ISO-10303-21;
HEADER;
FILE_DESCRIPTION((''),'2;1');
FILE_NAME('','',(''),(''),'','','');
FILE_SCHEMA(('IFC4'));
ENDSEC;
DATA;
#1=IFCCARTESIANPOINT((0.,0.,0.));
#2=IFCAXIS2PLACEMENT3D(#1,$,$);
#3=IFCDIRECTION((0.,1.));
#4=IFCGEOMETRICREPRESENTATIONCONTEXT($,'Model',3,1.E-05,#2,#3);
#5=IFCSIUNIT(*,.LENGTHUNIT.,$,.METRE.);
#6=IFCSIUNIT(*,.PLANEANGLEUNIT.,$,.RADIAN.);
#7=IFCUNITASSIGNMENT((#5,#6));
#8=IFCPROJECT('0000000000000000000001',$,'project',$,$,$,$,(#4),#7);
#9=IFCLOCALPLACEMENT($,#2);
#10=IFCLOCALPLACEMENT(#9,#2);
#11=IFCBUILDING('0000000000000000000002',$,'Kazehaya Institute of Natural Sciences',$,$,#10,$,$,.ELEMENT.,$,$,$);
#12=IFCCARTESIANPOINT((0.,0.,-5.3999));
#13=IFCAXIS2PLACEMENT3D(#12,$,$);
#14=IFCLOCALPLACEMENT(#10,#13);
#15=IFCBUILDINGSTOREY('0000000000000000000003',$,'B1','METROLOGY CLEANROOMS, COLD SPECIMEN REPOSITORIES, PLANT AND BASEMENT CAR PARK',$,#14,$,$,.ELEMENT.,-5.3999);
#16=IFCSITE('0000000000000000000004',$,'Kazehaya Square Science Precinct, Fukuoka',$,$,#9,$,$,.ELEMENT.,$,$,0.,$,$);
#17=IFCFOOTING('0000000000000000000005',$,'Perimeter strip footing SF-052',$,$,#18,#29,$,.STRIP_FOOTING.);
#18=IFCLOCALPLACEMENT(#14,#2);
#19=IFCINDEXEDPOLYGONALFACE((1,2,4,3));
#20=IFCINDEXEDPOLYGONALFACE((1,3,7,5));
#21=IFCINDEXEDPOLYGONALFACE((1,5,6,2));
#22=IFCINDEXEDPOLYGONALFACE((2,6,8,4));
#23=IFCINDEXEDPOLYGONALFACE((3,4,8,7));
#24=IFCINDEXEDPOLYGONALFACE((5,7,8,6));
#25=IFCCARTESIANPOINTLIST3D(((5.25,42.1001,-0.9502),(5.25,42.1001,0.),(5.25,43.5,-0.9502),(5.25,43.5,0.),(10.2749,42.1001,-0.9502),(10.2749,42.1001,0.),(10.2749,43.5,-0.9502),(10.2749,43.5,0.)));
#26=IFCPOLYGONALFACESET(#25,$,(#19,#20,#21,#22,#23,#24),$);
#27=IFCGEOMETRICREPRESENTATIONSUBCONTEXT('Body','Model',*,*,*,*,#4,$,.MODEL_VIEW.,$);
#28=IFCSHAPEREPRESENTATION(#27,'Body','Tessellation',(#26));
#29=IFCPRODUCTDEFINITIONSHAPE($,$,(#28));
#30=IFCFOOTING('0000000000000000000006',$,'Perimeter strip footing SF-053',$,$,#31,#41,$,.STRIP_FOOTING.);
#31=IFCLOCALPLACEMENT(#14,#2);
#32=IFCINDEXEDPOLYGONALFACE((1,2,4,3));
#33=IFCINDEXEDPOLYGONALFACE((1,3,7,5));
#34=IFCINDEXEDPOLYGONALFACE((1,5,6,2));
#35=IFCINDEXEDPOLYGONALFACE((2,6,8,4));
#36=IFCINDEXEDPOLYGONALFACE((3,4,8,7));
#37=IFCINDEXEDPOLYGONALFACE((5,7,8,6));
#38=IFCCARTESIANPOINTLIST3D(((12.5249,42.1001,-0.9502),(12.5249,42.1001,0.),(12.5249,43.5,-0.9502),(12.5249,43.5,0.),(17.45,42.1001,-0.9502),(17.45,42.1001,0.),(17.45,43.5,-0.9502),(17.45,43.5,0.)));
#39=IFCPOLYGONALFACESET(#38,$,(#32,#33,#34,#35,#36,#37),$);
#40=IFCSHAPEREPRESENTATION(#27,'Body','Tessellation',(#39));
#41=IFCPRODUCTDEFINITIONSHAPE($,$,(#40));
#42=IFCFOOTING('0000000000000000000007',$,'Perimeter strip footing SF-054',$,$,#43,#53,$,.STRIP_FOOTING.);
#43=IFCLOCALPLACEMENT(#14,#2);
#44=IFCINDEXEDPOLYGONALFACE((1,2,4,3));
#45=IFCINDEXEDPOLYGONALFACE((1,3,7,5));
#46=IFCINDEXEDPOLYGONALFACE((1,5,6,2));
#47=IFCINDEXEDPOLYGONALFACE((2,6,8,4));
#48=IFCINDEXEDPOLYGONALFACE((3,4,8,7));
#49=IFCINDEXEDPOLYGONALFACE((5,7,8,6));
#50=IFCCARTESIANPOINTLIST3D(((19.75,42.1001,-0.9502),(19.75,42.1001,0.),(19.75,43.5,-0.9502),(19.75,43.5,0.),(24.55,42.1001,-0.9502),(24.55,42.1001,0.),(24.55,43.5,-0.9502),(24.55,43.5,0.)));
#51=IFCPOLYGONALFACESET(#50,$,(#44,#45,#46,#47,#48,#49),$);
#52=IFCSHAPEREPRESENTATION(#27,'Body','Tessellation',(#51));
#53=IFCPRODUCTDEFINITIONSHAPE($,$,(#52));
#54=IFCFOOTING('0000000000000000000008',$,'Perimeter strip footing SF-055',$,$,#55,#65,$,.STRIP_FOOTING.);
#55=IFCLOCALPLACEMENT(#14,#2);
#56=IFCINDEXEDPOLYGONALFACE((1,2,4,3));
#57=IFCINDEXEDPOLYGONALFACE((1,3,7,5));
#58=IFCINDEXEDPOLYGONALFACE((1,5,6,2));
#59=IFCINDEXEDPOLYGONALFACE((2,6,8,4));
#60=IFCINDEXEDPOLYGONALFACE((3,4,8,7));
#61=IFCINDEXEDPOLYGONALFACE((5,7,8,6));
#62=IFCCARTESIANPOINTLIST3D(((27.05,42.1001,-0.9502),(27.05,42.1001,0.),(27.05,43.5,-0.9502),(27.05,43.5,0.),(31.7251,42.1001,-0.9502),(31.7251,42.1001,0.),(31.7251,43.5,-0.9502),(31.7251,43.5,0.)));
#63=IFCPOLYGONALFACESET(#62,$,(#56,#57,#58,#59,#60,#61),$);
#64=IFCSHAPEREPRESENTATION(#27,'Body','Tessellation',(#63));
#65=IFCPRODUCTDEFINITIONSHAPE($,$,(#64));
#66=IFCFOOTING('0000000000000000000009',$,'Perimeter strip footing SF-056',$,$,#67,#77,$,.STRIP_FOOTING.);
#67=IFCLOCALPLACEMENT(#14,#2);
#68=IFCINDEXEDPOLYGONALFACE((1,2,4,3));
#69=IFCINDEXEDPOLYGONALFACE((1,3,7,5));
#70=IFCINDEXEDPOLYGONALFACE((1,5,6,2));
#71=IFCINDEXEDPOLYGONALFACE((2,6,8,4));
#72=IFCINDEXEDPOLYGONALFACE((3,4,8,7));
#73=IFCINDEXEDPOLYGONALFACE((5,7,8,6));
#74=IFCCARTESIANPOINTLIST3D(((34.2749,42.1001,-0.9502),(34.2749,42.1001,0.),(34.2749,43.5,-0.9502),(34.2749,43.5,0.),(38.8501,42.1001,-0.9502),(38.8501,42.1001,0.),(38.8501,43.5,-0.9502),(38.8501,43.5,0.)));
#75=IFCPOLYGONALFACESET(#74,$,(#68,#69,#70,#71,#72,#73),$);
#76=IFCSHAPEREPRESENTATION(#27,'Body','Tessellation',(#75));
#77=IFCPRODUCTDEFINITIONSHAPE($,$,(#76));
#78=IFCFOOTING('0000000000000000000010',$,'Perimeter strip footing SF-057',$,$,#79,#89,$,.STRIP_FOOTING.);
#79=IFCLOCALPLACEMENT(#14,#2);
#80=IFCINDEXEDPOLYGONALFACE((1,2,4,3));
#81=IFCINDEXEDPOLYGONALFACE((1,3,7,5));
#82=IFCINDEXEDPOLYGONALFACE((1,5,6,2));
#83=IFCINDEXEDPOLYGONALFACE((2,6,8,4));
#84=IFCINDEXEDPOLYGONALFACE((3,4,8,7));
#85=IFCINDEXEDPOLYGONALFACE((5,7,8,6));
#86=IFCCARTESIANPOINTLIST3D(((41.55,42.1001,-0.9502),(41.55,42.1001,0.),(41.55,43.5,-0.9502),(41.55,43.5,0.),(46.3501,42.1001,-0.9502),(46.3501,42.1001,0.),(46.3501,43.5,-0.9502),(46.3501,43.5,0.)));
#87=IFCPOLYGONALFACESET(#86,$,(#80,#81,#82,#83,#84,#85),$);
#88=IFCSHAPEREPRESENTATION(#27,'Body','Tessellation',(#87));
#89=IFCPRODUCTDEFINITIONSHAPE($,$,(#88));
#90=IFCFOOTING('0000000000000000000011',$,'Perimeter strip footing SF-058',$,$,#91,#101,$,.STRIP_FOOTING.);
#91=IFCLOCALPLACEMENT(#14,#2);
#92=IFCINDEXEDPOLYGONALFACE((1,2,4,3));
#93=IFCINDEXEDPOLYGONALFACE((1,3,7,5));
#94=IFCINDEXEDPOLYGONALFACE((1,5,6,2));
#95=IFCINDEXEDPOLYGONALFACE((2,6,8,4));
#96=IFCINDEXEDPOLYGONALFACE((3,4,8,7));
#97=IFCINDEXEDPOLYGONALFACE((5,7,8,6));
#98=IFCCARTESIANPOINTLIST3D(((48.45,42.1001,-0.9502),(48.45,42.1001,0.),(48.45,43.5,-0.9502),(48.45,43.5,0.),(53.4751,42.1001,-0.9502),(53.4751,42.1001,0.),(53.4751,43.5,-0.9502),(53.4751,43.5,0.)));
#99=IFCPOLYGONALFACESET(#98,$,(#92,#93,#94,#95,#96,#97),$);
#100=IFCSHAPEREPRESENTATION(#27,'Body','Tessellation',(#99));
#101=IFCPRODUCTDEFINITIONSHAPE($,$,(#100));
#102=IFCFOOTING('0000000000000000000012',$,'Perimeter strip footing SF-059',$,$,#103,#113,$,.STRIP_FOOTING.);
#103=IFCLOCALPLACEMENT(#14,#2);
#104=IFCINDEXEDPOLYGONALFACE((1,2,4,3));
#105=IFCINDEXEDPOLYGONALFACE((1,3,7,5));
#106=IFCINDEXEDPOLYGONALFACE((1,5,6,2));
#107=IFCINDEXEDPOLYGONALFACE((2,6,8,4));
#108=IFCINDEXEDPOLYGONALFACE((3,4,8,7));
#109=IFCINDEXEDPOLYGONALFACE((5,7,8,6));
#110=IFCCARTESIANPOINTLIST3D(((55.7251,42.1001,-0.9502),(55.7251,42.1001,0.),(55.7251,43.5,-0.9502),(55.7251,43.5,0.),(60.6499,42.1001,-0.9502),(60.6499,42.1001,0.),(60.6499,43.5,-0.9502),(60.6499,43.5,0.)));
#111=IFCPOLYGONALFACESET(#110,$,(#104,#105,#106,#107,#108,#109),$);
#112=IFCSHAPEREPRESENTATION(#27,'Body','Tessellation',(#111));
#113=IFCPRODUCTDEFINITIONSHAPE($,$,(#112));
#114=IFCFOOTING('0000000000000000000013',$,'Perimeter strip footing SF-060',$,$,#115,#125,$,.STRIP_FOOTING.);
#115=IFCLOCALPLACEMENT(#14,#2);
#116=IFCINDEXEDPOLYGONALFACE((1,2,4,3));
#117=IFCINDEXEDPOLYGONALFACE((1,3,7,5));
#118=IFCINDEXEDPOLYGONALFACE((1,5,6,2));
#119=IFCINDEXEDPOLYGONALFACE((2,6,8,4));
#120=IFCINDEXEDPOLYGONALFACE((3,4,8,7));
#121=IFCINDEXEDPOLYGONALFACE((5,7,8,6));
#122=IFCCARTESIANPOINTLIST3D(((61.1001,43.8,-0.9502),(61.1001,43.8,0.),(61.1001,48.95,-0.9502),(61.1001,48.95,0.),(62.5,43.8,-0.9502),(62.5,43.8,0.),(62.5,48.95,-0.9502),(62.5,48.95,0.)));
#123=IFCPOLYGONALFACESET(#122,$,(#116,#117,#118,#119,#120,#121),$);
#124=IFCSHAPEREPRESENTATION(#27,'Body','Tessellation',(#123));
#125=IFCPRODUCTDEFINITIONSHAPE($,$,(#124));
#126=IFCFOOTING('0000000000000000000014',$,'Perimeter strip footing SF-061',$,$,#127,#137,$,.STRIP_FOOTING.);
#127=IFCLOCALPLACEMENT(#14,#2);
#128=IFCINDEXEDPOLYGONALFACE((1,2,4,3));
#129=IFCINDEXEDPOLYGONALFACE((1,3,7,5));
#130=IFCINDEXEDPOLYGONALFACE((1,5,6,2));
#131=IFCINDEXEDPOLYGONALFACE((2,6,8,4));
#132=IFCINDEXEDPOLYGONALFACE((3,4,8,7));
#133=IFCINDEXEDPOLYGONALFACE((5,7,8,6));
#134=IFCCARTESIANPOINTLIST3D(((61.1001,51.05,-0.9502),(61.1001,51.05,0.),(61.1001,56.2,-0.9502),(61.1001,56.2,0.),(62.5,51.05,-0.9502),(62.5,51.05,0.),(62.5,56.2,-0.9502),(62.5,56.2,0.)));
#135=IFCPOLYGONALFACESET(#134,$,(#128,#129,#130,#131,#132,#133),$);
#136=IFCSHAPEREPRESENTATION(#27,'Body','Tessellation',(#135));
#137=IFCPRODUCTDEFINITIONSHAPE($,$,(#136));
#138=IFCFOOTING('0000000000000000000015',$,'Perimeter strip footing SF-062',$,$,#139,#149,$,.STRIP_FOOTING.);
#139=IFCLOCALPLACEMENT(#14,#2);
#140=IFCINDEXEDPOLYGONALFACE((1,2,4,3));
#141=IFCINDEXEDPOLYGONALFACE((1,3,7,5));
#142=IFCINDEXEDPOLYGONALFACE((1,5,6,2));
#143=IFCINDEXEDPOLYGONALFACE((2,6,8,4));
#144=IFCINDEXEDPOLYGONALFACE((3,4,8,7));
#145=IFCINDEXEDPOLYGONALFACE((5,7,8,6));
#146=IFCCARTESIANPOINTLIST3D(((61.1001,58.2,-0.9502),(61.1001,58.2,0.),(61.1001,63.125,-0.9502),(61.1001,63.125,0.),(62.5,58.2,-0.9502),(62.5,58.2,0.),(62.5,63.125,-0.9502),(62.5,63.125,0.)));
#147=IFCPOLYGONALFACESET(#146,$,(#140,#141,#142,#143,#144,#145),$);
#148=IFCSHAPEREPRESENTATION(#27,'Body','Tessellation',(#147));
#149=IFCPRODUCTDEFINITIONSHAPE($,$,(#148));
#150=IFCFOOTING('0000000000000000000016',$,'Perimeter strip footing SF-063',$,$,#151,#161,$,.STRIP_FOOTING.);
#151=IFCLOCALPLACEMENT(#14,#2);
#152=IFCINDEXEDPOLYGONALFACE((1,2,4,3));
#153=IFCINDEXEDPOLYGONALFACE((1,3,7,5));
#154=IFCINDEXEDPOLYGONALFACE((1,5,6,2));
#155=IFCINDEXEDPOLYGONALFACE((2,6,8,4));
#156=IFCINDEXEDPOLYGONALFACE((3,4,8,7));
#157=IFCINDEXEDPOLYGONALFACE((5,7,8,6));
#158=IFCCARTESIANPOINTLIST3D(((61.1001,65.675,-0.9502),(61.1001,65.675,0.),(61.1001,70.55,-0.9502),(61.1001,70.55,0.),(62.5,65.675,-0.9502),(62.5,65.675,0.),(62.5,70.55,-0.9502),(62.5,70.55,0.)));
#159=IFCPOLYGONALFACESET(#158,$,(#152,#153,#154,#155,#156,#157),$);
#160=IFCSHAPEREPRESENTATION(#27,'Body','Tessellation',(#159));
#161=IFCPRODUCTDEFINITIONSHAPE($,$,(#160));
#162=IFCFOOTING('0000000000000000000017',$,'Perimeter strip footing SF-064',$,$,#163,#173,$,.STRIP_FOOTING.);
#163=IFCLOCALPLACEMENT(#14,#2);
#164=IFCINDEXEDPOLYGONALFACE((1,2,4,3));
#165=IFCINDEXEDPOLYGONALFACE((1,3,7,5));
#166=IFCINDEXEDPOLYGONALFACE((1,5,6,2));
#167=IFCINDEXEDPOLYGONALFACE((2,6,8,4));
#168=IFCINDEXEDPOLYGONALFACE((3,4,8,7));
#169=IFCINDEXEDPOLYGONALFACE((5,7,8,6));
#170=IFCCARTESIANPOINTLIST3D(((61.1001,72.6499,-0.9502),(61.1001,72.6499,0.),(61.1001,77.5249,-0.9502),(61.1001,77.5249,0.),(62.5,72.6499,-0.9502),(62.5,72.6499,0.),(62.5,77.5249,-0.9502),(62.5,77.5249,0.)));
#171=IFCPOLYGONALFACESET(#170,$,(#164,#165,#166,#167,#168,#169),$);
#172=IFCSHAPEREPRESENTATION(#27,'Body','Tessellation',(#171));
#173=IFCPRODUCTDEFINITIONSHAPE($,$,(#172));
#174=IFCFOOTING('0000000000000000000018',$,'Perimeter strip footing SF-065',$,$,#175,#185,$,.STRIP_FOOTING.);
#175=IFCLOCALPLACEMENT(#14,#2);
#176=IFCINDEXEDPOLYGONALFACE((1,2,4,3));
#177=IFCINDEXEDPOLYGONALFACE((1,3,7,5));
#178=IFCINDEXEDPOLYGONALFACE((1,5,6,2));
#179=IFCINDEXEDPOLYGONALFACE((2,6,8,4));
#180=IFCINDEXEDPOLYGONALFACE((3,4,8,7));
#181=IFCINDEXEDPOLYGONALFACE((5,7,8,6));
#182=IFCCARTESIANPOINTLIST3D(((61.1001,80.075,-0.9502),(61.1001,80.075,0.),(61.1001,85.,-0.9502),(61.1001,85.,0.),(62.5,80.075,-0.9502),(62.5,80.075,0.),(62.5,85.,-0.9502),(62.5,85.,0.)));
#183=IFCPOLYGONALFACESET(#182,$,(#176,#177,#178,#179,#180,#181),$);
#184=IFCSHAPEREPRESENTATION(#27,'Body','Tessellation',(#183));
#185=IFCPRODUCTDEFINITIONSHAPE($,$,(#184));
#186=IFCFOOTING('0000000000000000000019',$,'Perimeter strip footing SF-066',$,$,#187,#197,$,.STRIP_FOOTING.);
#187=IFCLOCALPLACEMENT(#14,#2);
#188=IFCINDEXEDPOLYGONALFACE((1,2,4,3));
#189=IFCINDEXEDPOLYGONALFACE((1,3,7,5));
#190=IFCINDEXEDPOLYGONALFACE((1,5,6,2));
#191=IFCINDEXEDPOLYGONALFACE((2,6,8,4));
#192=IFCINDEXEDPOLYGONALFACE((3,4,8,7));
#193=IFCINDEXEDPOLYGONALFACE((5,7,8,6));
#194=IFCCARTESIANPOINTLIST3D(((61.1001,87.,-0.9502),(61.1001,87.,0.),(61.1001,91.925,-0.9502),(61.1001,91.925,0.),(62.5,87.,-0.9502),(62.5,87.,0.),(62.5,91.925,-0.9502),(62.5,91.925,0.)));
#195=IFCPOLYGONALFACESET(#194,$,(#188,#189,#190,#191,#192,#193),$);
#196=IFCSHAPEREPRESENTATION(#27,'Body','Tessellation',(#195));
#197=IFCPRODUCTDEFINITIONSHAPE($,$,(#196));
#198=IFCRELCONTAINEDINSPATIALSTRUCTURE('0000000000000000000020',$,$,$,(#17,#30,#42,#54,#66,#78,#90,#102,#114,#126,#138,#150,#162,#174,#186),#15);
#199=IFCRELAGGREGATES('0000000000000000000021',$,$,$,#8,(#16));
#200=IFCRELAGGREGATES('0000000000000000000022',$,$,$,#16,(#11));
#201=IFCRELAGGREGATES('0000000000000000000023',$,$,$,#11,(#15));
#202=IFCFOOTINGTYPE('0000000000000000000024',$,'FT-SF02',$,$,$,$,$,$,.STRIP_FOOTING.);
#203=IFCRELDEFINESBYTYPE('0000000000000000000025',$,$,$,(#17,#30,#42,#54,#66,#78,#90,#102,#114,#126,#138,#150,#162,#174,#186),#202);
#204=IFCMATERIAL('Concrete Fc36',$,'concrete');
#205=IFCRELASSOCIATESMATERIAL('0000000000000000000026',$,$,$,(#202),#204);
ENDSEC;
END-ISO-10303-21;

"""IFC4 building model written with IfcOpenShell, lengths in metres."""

from ifc_helpers import new_model, si_unit, direction, frame, origin, place, context, subcontext, project, spatial, polyline, outline, extrude, material, type_object, element, save


model = new_model("IFC4")

# Units and contexts
model_context = context("Model", 3, precision=1e-05, world=origin(), true_north=direction((0.0, 1.0)))
body_context = subcontext(model_context, "Body", "Model", "MODEL_VIEW")
ifc_project = project(units=[si_unit("LENGTHUNIT", "METRE"), si_unit("PLANEANGLEUNIT", "RADIAN")], contexts=[model_context])

# Site, building, storey
site_placement = place(None, origin())
site = spatial("IfcSite", under=ifc_project, at=site_placement, Name="Kazehaya Square Science Precinct, Fukuoka", CompositionType="ELEMENT", RefElevation=0.0)
building_placement = place(site_placement, origin())
building = spatial("IfcBuilding", under=site, at=building_placement, Name="Kazehaya Institute of Natural Sciences", CompositionType="ELEMENT")
storey_placement = place(building_placement, frame((0.0, 0.0, -5.3999)))
storey = spatial("IfcBuildingStorey", under=building, at=storey_placement, Name="B1", Description="METROLOGY CLEANROOMS, COLD SPECIMEN REPOSITORIES, PLANT AND BASEMENT CAR PARK", CompositionType="ELEMENT", Elevation=-5.3999)

# Footings
ifc_material = material(Name="Concrete Fc36", Category="concrete")
footing_type = type_object("IfcFootingType", Name="FT-SF02", PredefinedType="STRIP_FOOTING", material=ifc_material)
footing_1_placement = place(storey_placement, frame((0.0, 0.0, -0.9502)))
element("IfcFooting", 1, at=footing_1_placement, inside=storey, type_object=footing_type, Name="Perimeter strip footing SF-052", PredefinedType="STRIP_FOOTING", context=body_context, shape_type="SweptSolid", body=[
    extrude(outline(polyline([(5.25, 42.1001), (10.2749, 42.1001), (10.2749, 43.5), (5.25, 43.5), (5.25, 42.1001)])), origin(), (0.0, 0.0, 1.0), 0.9502),
])
footing_2_placement = place(storey_placement, frame((0.0, 0.0, -0.9502)))
element("IfcFooting", 2, at=footing_2_placement, inside=storey, type_object=footing_type, Name="Perimeter strip footing SF-053", PredefinedType="STRIP_FOOTING", context=body_context, shape_type="SweptSolid", body=[
    extrude(outline(polyline([(12.5249, 42.1001), (17.45, 42.1001), (17.45, 43.5), (12.5249, 43.5), (12.5249, 42.1001)])), origin(), (0.0, 0.0, 1.0), 0.9502),
])
footing_3_placement = place(storey_placement, frame((0.0, 0.0, -0.9502)))
element("IfcFooting", 3, at=footing_3_placement, inside=storey, type_object=footing_type, Name="Perimeter strip footing SF-054", PredefinedType="STRIP_FOOTING", context=body_context, shape_type="SweptSolid", body=[
    extrude(outline(polyline([(19.75, 42.1001), (24.55, 42.1001), (24.55, 43.5), (19.75, 43.5), (19.75, 42.1001)])), origin(), (0.0, 0.0, 1.0), 0.9502),
])
footing_4_placement = place(storey_placement, frame((0.0, 0.0, -0.9502)))
element("IfcFooting", 4, at=footing_4_placement, inside=storey, type_object=footing_type, Name="Perimeter strip footing SF-055", PredefinedType="STRIP_FOOTING", context=body_context, shape_type="SweptSolid", body=[
    extrude(outline(polyline([(27.05, 42.1001), (31.7251, 42.1001), (31.7251, 43.5), (27.05, 43.5), (27.05, 42.1001)])), origin(), (0.0, 0.0, 1.0), 0.9502),
])
footing_5_placement = place(storey_placement, frame((0.0, 0.0, -0.9502)))
element("IfcFooting", 5, at=footing_5_placement, inside=storey, type_object=footing_type, Name="Perimeter strip footing SF-056", PredefinedType="STRIP_FOOTING", context=body_context, shape_type="SweptSolid", body=[
    extrude(outline(polyline([(34.2749, 42.1001), (38.8501, 42.1001), (38.8501, 43.5), (34.2749, 43.5), (34.2749, 42.1001)])), origin(), (0.0, 0.0, 1.0), 0.9502),
])
footing_6_placement = place(storey_placement, frame((0.0, 0.0, -0.9502)))
element("IfcFooting", 6, at=footing_6_placement, inside=storey, type_object=footing_type, Name="Perimeter strip footing SF-057", PredefinedType="STRIP_FOOTING", context=body_context, shape_type="SweptSolid", body=[
    extrude(outline(polyline([(41.55, 42.1001), (46.3501, 42.1001), (46.3501, 43.5), (41.55, 43.5), (41.55, 42.1001)])), origin(), (0.0, 0.0, 1.0), 0.9502),
])
footing_7_placement = place(storey_placement, frame((0.0, 0.0, -0.9502)))
element("IfcFooting", 7, at=footing_7_placement, inside=storey, type_object=footing_type, Name="Perimeter strip footing SF-058", PredefinedType="STRIP_FOOTING", context=body_context, shape_type="SweptSolid", body=[
    extrude(outline(polyline([(48.45, 42.1001), (53.4751, 42.1001), (53.4751, 43.5), (48.45, 43.5), (48.45, 42.1001)])), origin(), (0.0, 0.0, 1.0), 0.9502),
])
footing_8_placement = place(storey_placement, frame((0.0, 0.0, -0.9502)))
element("IfcFooting", 8, at=footing_8_placement, inside=storey, type_object=footing_type, Name="Perimeter strip footing SF-059", PredefinedType="STRIP_FOOTING", context=body_context, shape_type="SweptSolid", body=[
    extrude(outline(polyline([(55.7251, 42.1001), (60.6499, 42.1001), (60.6499, 43.5), (55.7251, 43.5), (55.7251, 42.1001)])), origin(), (0.0, 0.0, 1.0), 0.9502),
])
footing_9_placement = place(storey_placement, frame((0.0, 0.0, -0.9502)))
element("IfcFooting", 9, at=footing_9_placement, inside=storey, type_object=footing_type, Name="Perimeter strip footing SF-060", PredefinedType="STRIP_FOOTING", context=body_context, shape_type="SweptSolid", body=[
    extrude(outline(polyline([(61.1001, 43.8), (62.5, 43.8), (62.5, 48.95), (61.1001, 48.95), (61.1001, 43.8)])), origin(), (0.0, 0.0, 1.0), 0.9502),
])
footing_10_placement = place(storey_placement, frame((0.0, 0.0, -0.9502)))
element("IfcFooting", 10, at=footing_10_placement, inside=storey, type_object=footing_type, Name="Perimeter strip footing SF-061", PredefinedType="STRIP_FOOTING", context=body_context, shape_type="SweptSolid", body=[
    extrude(outline(polyline([(61.1001, 51.05), (62.5, 51.05), (62.5, 56.2), (61.1001, 56.2), (61.1001, 51.05)])), origin(), (0.0, 0.0, 1.0), 0.9502),
])
footing_11_placement = place(storey_placement, frame((0.0, 0.0, -0.9502)))
element("IfcFooting", 11, at=footing_11_placement, inside=storey, type_object=footing_type, Name="Perimeter strip footing SF-062", PredefinedType="STRIP_FOOTING", context=body_context, shape_type="SweptSolid", body=[
    extrude(outline(polyline([(61.1001, 58.2), (62.5, 58.2), (62.5, 63.125), (61.1001, 63.125), (61.1001, 58.2)])), origin(), (0.0, 0.0, 1.0), 0.9502),
])
footing_12_placement = place(storey_placement, frame((0.0, 0.0, -0.9502)))
element("IfcFooting", 12, at=footing_12_placement, inside=storey, type_object=footing_type, Name="Perimeter strip footing SF-063", PredefinedType="STRIP_FOOTING", context=body_context, shape_type="SweptSolid", body=[
    extrude(outline(polyline([(61.1001, 65.675), (62.5, 65.675), (62.5, 70.55), (61.1001, 70.55), (61.1001, 65.675)])), origin(), (0.0, 0.0, 1.0), 0.9502),
])
footing_13_placement = place(storey_placement, frame((0.0, 0.0, -0.9502)))
element("IfcFooting", 13, at=footing_13_placement, inside=storey, type_object=footing_type, Name="Perimeter strip footing SF-064", PredefinedType="STRIP_FOOTING", context=body_context, shape_type="SweptSolid", body=[
    extrude(outline(polyline([(61.1001, 72.6499), (62.5, 72.6499), (62.5, 77.5249), (61.1001, 77.5249), (61.1001, 72.6499)])), origin(), (0.0, 0.0, 1.0), 0.9502),
])
footing_14_placement = place(storey_placement, frame((0.0, 0.0, -0.9502)))
element("IfcFooting", 14, at=footing_14_placement, inside=storey, type_object=footing_type, Name="Perimeter strip footing SF-065", PredefinedType="STRIP_FOOTING", context=body_context, shape_type="SweptSolid", body=[
    extrude(outline(polyline([(61.1001, 80.075), (62.5, 80.075), (62.5, 85.0), (61.1001, 85.0), (61.1001, 80.075)])), origin(), (0.0, 0.0, 1.0), 0.9502),
])
footing_15_placement = place(storey_placement, frame((0.0, 0.0, -0.9502)))
element("IfcFooting", 15, at=footing_15_placement, inside=storey, type_object=footing_type, Name="Perimeter strip footing SF-066", PredefinedType="STRIP_FOOTING", context=body_context, shape_type="SweptSolid", body=[
    extrude(outline(polyline([(61.1001, 87.0), (62.5, 87.0), (62.5, 91.925), (61.1001, 91.925), (61.1001, 87.0)])), origin(), (0.0, 0.0, 1.0), 0.9502),
])

save(model, "model.ifc")
